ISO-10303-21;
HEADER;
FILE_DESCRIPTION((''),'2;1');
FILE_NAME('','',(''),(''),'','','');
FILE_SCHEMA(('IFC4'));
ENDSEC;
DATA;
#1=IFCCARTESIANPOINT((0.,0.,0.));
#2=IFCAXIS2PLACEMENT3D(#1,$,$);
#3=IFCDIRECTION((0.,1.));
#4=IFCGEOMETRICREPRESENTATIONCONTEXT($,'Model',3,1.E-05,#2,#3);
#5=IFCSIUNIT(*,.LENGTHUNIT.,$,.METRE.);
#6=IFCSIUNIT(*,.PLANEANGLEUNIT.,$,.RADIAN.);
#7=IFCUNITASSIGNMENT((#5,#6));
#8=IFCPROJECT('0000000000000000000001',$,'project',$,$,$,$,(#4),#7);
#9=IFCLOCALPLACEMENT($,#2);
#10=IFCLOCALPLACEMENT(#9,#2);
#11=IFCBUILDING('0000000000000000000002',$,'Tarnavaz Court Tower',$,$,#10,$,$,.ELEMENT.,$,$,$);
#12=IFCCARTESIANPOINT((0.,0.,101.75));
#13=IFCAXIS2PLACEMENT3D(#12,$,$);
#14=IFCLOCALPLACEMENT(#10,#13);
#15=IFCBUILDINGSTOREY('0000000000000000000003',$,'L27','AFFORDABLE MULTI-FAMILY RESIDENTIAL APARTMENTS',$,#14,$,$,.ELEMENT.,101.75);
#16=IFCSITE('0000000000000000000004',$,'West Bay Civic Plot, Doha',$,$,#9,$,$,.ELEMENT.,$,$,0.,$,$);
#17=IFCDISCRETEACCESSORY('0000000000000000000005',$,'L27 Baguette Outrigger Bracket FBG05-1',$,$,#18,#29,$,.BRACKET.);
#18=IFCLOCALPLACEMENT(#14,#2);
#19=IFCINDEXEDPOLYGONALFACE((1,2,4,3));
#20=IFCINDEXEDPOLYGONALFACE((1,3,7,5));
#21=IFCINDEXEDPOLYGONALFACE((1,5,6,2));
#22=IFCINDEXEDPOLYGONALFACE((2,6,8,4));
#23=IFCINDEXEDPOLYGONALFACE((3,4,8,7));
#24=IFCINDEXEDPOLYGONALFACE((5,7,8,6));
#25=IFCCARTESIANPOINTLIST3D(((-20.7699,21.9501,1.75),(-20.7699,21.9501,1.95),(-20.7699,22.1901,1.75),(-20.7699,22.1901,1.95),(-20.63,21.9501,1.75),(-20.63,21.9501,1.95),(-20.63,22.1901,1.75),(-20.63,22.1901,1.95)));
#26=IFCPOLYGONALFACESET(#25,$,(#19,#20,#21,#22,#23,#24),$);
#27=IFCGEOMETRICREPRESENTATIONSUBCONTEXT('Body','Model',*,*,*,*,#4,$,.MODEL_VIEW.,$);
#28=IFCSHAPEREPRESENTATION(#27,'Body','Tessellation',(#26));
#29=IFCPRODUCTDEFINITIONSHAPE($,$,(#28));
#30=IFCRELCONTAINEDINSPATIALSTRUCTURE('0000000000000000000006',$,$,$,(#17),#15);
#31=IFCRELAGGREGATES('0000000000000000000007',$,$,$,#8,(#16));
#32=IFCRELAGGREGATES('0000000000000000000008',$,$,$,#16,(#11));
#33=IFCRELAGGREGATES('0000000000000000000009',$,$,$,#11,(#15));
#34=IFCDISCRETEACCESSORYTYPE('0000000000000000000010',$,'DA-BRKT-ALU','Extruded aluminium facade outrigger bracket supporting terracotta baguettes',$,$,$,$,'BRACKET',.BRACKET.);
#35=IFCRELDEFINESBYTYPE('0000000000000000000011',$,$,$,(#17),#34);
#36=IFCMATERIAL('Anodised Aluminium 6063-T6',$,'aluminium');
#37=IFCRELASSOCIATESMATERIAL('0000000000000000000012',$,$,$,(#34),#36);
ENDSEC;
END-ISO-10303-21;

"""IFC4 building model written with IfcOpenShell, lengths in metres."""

from ifc_helpers import new_model, si_unit, direction, frame, origin, origin_2d, place, context, subcontext, project, spatial, rectangle, extrude, material, type_object, element, save


model = new_model("IFC4")

# Units and contexts
model_context = context("Model", 3, precision=1e-05, world=origin(), true_north=direction((0.0, 1.0)))
body_context = subcontext(model_context, "Body", "Model", "MODEL_VIEW")
ifc_project = project(units=[si_unit("LENGTHUNIT", "METRE"), si_unit("PLANEANGLEUNIT", "RADIAN")], contexts=[model_context])

# Site, building, storey
site_placement = place(None, origin())
site = spatial("IfcSite", under=ifc_project, at=site_placement, Name="West Bay Civic Plot, Doha", CompositionType="ELEMENT", RefElevation=0.0)
building_placement = place(site_placement, origin())
building = spatial("IfcBuilding", under=site, at=building_placement, Name="Tarnavaz Court Tower", CompositionType="ELEMENT")
storey_placement = place(building_placement, frame((0.0, 0.0, 101.75)))
storey = spatial("IfcBuildingStorey", under=building, at=storey_placement, Name="L27", Description="AFFORDABLE MULTI-FAMILY RESIDENTIAL APARTMENTS", CompositionType="ELEMENT", Elevation=101.75)

# Discrete accessory
ifc_material_1 = material(Name="Anodised Aluminium 6063-T6", Category="aluminium")
discrete_accessory_type = type_object("IfcDiscreteAccessoryType", Name="DA-BRKT-ALU", Description="Extruded aluminium facade outrigger bracket supporting terracotta baguettes", ElementType="BRACKET", PredefinedType="BRACKET", material=ifc_material_1)
for number, where, z_axis, x_axis, name in (
    (1, (-20.7, 22.0701, 1.75), (0.0, 0.0, 1.0), (1.0, 0.0, 0.0), "L27 Baguette Outrigger Bracket FBG05-1"),
):
    element("IfcDiscreteAccessory", number, at=place(storey_placement, frame(where, z_axis=z_axis, x_axis=x_axis)), inside=storey, type_object=discrete_accessory_type, Name=name, PredefinedType="BRACKET", context=body_context, shape_type="SweptSolid", body=[
        extrude(rectangle(XDim=0.1399, YDim=0.24, at=origin_2d()), origin(), (0.0, 0.0, 1.0), 0.2),
    ])

save(model, "model.ifc")
